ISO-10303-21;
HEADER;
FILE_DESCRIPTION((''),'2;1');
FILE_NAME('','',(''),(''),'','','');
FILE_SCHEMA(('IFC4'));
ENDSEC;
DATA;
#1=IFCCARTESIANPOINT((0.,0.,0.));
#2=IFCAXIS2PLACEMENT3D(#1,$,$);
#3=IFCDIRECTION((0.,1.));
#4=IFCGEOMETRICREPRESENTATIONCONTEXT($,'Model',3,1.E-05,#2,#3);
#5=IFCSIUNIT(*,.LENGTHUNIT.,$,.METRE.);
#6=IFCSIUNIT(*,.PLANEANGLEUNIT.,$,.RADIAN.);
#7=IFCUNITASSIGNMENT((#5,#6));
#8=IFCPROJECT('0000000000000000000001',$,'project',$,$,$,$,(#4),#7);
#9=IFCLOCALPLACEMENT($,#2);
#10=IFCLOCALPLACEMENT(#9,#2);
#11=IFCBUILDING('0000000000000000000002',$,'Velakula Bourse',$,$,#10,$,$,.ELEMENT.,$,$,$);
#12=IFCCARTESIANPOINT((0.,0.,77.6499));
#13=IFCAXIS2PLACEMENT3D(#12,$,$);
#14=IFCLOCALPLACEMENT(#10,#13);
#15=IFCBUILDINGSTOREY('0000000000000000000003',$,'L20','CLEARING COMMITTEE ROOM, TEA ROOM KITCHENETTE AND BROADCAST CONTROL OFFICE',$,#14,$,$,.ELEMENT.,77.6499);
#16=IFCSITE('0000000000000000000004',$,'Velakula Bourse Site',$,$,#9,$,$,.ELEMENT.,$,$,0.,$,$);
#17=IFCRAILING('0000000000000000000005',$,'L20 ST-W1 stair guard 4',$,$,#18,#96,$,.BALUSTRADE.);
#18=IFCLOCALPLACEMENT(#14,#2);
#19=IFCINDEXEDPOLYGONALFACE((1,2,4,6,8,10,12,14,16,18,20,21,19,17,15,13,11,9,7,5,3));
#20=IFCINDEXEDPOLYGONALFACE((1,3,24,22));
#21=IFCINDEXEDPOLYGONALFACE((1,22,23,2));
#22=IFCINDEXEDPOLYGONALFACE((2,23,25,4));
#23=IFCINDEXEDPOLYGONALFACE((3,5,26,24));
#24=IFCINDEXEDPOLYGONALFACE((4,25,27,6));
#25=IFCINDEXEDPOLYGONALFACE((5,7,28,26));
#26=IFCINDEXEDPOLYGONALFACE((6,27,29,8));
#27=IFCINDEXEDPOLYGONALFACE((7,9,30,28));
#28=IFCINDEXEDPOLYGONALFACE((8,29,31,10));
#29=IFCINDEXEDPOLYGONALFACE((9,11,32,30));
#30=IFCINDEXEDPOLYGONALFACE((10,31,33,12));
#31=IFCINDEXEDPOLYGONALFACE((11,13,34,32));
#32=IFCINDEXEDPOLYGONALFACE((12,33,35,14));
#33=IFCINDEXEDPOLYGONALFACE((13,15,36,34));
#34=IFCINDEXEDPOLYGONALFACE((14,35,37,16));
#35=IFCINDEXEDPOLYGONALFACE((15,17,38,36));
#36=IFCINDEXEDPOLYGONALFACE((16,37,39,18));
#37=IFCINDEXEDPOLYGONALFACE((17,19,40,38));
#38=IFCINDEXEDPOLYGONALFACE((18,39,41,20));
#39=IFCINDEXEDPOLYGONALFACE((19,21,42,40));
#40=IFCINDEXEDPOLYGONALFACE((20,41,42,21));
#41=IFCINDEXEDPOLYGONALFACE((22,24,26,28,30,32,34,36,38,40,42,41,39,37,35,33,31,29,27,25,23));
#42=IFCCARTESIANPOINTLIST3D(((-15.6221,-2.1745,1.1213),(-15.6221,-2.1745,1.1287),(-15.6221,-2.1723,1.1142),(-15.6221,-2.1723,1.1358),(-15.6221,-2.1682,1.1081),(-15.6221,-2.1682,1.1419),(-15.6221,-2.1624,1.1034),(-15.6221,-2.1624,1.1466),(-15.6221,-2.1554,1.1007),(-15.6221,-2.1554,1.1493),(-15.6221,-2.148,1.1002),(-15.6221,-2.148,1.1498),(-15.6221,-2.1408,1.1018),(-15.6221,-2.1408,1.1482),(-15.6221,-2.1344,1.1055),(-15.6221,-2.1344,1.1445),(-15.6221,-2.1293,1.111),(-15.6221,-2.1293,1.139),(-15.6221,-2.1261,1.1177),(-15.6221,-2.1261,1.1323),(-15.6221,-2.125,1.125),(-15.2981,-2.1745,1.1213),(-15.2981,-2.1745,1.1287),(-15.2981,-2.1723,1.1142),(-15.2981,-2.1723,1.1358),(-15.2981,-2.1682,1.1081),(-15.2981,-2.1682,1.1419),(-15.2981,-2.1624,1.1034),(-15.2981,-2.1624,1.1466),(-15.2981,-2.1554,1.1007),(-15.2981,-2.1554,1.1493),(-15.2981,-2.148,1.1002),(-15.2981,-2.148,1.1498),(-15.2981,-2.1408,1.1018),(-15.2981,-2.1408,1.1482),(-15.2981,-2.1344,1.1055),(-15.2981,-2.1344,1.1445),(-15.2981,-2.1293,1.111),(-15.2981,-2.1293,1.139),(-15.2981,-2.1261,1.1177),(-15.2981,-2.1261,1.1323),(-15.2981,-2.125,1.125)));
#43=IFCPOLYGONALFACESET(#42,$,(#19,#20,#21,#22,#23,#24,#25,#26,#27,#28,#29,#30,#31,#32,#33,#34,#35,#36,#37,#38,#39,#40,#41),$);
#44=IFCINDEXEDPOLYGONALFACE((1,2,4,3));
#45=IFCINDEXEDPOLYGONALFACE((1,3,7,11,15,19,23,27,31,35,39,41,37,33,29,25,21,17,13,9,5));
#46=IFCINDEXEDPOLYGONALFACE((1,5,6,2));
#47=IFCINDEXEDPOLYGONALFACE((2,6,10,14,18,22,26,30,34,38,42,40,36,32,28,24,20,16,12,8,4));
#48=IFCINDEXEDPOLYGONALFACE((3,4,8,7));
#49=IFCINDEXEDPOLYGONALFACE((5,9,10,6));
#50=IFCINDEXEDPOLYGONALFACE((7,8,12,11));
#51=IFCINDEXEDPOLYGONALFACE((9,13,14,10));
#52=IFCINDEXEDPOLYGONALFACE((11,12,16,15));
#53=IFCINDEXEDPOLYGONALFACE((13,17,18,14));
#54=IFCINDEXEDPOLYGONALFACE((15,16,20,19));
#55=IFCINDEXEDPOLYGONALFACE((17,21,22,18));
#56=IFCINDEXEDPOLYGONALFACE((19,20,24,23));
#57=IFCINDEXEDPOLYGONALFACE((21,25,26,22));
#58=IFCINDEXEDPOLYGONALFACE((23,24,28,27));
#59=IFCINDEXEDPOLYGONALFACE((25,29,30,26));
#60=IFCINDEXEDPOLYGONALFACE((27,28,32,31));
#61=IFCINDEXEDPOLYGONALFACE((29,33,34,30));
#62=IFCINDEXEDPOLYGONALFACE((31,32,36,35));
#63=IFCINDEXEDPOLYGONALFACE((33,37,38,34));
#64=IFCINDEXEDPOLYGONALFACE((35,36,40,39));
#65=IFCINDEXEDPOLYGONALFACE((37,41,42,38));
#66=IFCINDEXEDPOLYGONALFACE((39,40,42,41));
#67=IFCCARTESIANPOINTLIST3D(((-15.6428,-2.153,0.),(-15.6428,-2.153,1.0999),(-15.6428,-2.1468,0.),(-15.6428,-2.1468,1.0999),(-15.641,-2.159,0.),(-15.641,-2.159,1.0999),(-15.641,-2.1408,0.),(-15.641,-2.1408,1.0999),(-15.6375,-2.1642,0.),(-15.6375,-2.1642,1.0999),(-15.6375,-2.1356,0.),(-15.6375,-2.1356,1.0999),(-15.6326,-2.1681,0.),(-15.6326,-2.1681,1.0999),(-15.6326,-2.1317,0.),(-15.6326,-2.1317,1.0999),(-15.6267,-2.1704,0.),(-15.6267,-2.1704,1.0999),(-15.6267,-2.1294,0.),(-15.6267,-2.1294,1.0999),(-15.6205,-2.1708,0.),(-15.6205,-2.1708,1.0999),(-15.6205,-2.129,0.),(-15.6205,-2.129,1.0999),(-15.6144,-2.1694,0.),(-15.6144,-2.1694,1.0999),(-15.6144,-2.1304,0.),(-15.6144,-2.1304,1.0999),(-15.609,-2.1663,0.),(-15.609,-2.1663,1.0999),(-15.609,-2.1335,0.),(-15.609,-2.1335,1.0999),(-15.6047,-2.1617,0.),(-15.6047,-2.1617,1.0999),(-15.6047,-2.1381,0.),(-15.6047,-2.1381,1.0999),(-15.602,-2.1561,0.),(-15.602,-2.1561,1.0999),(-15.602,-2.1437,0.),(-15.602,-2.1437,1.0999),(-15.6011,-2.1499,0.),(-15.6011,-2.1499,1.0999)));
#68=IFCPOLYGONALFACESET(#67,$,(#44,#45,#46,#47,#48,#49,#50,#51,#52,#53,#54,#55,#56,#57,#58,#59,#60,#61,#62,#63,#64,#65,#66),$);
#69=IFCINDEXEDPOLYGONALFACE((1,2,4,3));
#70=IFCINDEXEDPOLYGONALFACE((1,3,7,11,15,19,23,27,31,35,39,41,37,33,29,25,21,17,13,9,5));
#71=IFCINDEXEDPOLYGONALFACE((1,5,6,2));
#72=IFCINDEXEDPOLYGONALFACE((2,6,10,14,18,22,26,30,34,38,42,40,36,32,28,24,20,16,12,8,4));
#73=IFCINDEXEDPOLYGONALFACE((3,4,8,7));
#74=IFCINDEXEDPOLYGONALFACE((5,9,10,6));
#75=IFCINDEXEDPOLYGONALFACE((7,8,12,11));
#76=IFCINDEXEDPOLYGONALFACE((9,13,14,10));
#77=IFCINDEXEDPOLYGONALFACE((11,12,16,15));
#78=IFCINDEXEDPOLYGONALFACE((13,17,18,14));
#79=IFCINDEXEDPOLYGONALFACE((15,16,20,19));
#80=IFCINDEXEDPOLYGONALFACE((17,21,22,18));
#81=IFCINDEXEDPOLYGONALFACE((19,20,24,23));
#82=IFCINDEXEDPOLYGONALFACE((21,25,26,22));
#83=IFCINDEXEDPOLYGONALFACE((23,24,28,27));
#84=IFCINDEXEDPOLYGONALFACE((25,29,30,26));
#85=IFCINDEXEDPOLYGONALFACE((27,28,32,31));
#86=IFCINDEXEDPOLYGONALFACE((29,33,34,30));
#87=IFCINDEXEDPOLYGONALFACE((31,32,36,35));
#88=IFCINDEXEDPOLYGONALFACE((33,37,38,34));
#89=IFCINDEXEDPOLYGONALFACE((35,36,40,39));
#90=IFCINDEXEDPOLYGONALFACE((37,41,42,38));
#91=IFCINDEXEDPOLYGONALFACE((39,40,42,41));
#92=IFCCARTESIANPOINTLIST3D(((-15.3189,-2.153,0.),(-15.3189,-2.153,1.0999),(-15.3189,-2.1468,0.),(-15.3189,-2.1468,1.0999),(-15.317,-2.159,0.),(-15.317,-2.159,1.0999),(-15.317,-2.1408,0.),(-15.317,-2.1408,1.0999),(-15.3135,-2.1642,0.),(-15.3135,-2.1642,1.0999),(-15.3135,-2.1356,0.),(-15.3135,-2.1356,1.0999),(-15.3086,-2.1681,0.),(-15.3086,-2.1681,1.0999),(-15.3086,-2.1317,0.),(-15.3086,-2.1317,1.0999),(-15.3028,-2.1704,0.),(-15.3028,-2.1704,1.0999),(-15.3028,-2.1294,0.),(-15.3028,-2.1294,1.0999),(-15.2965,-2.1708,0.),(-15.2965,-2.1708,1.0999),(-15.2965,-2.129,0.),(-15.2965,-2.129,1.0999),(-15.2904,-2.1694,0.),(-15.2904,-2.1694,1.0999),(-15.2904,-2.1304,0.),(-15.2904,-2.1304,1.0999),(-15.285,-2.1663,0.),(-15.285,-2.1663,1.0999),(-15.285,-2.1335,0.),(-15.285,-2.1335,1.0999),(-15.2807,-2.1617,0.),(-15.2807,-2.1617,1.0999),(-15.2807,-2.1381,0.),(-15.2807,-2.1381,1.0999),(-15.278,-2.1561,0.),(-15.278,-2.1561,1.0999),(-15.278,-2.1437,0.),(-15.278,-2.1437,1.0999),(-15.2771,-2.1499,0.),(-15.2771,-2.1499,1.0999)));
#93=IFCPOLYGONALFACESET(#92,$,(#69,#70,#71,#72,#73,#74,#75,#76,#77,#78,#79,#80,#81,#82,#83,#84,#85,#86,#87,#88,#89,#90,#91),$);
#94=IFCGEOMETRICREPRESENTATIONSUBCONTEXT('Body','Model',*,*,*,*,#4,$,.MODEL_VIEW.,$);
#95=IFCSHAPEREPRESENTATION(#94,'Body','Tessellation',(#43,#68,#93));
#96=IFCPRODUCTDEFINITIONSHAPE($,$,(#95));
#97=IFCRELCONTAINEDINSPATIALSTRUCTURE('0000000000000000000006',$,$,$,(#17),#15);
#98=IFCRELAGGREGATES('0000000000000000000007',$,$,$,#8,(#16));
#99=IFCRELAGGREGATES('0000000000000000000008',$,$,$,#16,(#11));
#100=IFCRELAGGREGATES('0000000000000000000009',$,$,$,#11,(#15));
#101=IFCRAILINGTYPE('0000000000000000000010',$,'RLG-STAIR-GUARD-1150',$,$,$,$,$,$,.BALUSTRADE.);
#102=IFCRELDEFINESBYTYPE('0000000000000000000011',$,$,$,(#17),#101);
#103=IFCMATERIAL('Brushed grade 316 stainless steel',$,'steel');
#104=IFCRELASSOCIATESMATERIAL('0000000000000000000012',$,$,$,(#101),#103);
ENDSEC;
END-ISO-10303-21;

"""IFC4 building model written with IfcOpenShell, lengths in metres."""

from ifc_helpers import new_model, si_unit, direction, frame, origin, origin_2d, place, context, subcontext, project, spatial, circle, extrude, material, type_object, element, save


model = new_model("IFC4")

# Units and contexts
model_context = context("Model", 3, precision=1e-05, world=origin(), true_north=direction((0.0, 1.0)))
body_context = subcontext(model_context, "Body", "Model", "MODEL_VIEW")
ifc_project = project(units=[si_unit("LENGTHUNIT", "METRE"), si_unit("PLANEANGLEUNIT", "RADIAN")], contexts=[model_context])

# Site, building, storey
site_placement = place(None, origin())
site = spatial("IfcSite", under=ifc_project, at=site_placement, Name="Velakula Bourse Site", CompositionType="ELEMENT", RefElevation=0.0)
building_placement = place(site_placement, origin())
building = spatial("IfcBuilding", under=site, at=building_placement, Name="Velakula Bourse", CompositionType="ELEMENT")
storey_placement = place(building_placement, frame((0.0, 0.0, 77.6499)))
storey = spatial("IfcBuildingStorey", under=building, at=storey_placement, Name="L20", Description="CLEARING COMMITTEE ROOM, TEA ROOM KITCHENETTE AND BROADCAST CONTROL OFFICE", CompositionType="ELEMENT", Elevation=77.6499)

# Shared definitions
ifc_material_1 = material(Name="Brushed grade 316 stainless steel", Category="steel")

# Railing
railing_type_1 = type_object("IfcRailingType", Name="RLG-STAIR-GUARD-1150", PredefinedType="BALUSTRADE", material=ifc_material_1)
railing_1_placement = place(storey_placement, frame((-15.6221, -2.1499, 0.0)))
element("IfcRailing", 1, at=railing_1_placement, inside=storey, type_object=railing_type_1, Name="L20 ST-W1 stair guard 4", PredefinedType="BALUSTRADE", context=body_context, shape_type="SweptSolid", body=[
    extrude(circle(Radius=0.0249, at=origin_2d()), frame((0.0, 0.0, 1.125), z_axis=(1.0, 0.0, 0.0), x_axis=(0.0, 1.0, 0.0)), (0.0, 0.0, 1.0), 0.324),
    extrude(circle(Radius=0.021, at=origin_2d()), origin(), (0.0, 0.0, 1.0), 1.0999),
    extrude(circle(Radius=0.021, at=origin_2d()), frame((0.324, 0.0, 0.0)), (0.0, 0.0, 1.0), 1.0999),
])

save(model, "model.ifc")
